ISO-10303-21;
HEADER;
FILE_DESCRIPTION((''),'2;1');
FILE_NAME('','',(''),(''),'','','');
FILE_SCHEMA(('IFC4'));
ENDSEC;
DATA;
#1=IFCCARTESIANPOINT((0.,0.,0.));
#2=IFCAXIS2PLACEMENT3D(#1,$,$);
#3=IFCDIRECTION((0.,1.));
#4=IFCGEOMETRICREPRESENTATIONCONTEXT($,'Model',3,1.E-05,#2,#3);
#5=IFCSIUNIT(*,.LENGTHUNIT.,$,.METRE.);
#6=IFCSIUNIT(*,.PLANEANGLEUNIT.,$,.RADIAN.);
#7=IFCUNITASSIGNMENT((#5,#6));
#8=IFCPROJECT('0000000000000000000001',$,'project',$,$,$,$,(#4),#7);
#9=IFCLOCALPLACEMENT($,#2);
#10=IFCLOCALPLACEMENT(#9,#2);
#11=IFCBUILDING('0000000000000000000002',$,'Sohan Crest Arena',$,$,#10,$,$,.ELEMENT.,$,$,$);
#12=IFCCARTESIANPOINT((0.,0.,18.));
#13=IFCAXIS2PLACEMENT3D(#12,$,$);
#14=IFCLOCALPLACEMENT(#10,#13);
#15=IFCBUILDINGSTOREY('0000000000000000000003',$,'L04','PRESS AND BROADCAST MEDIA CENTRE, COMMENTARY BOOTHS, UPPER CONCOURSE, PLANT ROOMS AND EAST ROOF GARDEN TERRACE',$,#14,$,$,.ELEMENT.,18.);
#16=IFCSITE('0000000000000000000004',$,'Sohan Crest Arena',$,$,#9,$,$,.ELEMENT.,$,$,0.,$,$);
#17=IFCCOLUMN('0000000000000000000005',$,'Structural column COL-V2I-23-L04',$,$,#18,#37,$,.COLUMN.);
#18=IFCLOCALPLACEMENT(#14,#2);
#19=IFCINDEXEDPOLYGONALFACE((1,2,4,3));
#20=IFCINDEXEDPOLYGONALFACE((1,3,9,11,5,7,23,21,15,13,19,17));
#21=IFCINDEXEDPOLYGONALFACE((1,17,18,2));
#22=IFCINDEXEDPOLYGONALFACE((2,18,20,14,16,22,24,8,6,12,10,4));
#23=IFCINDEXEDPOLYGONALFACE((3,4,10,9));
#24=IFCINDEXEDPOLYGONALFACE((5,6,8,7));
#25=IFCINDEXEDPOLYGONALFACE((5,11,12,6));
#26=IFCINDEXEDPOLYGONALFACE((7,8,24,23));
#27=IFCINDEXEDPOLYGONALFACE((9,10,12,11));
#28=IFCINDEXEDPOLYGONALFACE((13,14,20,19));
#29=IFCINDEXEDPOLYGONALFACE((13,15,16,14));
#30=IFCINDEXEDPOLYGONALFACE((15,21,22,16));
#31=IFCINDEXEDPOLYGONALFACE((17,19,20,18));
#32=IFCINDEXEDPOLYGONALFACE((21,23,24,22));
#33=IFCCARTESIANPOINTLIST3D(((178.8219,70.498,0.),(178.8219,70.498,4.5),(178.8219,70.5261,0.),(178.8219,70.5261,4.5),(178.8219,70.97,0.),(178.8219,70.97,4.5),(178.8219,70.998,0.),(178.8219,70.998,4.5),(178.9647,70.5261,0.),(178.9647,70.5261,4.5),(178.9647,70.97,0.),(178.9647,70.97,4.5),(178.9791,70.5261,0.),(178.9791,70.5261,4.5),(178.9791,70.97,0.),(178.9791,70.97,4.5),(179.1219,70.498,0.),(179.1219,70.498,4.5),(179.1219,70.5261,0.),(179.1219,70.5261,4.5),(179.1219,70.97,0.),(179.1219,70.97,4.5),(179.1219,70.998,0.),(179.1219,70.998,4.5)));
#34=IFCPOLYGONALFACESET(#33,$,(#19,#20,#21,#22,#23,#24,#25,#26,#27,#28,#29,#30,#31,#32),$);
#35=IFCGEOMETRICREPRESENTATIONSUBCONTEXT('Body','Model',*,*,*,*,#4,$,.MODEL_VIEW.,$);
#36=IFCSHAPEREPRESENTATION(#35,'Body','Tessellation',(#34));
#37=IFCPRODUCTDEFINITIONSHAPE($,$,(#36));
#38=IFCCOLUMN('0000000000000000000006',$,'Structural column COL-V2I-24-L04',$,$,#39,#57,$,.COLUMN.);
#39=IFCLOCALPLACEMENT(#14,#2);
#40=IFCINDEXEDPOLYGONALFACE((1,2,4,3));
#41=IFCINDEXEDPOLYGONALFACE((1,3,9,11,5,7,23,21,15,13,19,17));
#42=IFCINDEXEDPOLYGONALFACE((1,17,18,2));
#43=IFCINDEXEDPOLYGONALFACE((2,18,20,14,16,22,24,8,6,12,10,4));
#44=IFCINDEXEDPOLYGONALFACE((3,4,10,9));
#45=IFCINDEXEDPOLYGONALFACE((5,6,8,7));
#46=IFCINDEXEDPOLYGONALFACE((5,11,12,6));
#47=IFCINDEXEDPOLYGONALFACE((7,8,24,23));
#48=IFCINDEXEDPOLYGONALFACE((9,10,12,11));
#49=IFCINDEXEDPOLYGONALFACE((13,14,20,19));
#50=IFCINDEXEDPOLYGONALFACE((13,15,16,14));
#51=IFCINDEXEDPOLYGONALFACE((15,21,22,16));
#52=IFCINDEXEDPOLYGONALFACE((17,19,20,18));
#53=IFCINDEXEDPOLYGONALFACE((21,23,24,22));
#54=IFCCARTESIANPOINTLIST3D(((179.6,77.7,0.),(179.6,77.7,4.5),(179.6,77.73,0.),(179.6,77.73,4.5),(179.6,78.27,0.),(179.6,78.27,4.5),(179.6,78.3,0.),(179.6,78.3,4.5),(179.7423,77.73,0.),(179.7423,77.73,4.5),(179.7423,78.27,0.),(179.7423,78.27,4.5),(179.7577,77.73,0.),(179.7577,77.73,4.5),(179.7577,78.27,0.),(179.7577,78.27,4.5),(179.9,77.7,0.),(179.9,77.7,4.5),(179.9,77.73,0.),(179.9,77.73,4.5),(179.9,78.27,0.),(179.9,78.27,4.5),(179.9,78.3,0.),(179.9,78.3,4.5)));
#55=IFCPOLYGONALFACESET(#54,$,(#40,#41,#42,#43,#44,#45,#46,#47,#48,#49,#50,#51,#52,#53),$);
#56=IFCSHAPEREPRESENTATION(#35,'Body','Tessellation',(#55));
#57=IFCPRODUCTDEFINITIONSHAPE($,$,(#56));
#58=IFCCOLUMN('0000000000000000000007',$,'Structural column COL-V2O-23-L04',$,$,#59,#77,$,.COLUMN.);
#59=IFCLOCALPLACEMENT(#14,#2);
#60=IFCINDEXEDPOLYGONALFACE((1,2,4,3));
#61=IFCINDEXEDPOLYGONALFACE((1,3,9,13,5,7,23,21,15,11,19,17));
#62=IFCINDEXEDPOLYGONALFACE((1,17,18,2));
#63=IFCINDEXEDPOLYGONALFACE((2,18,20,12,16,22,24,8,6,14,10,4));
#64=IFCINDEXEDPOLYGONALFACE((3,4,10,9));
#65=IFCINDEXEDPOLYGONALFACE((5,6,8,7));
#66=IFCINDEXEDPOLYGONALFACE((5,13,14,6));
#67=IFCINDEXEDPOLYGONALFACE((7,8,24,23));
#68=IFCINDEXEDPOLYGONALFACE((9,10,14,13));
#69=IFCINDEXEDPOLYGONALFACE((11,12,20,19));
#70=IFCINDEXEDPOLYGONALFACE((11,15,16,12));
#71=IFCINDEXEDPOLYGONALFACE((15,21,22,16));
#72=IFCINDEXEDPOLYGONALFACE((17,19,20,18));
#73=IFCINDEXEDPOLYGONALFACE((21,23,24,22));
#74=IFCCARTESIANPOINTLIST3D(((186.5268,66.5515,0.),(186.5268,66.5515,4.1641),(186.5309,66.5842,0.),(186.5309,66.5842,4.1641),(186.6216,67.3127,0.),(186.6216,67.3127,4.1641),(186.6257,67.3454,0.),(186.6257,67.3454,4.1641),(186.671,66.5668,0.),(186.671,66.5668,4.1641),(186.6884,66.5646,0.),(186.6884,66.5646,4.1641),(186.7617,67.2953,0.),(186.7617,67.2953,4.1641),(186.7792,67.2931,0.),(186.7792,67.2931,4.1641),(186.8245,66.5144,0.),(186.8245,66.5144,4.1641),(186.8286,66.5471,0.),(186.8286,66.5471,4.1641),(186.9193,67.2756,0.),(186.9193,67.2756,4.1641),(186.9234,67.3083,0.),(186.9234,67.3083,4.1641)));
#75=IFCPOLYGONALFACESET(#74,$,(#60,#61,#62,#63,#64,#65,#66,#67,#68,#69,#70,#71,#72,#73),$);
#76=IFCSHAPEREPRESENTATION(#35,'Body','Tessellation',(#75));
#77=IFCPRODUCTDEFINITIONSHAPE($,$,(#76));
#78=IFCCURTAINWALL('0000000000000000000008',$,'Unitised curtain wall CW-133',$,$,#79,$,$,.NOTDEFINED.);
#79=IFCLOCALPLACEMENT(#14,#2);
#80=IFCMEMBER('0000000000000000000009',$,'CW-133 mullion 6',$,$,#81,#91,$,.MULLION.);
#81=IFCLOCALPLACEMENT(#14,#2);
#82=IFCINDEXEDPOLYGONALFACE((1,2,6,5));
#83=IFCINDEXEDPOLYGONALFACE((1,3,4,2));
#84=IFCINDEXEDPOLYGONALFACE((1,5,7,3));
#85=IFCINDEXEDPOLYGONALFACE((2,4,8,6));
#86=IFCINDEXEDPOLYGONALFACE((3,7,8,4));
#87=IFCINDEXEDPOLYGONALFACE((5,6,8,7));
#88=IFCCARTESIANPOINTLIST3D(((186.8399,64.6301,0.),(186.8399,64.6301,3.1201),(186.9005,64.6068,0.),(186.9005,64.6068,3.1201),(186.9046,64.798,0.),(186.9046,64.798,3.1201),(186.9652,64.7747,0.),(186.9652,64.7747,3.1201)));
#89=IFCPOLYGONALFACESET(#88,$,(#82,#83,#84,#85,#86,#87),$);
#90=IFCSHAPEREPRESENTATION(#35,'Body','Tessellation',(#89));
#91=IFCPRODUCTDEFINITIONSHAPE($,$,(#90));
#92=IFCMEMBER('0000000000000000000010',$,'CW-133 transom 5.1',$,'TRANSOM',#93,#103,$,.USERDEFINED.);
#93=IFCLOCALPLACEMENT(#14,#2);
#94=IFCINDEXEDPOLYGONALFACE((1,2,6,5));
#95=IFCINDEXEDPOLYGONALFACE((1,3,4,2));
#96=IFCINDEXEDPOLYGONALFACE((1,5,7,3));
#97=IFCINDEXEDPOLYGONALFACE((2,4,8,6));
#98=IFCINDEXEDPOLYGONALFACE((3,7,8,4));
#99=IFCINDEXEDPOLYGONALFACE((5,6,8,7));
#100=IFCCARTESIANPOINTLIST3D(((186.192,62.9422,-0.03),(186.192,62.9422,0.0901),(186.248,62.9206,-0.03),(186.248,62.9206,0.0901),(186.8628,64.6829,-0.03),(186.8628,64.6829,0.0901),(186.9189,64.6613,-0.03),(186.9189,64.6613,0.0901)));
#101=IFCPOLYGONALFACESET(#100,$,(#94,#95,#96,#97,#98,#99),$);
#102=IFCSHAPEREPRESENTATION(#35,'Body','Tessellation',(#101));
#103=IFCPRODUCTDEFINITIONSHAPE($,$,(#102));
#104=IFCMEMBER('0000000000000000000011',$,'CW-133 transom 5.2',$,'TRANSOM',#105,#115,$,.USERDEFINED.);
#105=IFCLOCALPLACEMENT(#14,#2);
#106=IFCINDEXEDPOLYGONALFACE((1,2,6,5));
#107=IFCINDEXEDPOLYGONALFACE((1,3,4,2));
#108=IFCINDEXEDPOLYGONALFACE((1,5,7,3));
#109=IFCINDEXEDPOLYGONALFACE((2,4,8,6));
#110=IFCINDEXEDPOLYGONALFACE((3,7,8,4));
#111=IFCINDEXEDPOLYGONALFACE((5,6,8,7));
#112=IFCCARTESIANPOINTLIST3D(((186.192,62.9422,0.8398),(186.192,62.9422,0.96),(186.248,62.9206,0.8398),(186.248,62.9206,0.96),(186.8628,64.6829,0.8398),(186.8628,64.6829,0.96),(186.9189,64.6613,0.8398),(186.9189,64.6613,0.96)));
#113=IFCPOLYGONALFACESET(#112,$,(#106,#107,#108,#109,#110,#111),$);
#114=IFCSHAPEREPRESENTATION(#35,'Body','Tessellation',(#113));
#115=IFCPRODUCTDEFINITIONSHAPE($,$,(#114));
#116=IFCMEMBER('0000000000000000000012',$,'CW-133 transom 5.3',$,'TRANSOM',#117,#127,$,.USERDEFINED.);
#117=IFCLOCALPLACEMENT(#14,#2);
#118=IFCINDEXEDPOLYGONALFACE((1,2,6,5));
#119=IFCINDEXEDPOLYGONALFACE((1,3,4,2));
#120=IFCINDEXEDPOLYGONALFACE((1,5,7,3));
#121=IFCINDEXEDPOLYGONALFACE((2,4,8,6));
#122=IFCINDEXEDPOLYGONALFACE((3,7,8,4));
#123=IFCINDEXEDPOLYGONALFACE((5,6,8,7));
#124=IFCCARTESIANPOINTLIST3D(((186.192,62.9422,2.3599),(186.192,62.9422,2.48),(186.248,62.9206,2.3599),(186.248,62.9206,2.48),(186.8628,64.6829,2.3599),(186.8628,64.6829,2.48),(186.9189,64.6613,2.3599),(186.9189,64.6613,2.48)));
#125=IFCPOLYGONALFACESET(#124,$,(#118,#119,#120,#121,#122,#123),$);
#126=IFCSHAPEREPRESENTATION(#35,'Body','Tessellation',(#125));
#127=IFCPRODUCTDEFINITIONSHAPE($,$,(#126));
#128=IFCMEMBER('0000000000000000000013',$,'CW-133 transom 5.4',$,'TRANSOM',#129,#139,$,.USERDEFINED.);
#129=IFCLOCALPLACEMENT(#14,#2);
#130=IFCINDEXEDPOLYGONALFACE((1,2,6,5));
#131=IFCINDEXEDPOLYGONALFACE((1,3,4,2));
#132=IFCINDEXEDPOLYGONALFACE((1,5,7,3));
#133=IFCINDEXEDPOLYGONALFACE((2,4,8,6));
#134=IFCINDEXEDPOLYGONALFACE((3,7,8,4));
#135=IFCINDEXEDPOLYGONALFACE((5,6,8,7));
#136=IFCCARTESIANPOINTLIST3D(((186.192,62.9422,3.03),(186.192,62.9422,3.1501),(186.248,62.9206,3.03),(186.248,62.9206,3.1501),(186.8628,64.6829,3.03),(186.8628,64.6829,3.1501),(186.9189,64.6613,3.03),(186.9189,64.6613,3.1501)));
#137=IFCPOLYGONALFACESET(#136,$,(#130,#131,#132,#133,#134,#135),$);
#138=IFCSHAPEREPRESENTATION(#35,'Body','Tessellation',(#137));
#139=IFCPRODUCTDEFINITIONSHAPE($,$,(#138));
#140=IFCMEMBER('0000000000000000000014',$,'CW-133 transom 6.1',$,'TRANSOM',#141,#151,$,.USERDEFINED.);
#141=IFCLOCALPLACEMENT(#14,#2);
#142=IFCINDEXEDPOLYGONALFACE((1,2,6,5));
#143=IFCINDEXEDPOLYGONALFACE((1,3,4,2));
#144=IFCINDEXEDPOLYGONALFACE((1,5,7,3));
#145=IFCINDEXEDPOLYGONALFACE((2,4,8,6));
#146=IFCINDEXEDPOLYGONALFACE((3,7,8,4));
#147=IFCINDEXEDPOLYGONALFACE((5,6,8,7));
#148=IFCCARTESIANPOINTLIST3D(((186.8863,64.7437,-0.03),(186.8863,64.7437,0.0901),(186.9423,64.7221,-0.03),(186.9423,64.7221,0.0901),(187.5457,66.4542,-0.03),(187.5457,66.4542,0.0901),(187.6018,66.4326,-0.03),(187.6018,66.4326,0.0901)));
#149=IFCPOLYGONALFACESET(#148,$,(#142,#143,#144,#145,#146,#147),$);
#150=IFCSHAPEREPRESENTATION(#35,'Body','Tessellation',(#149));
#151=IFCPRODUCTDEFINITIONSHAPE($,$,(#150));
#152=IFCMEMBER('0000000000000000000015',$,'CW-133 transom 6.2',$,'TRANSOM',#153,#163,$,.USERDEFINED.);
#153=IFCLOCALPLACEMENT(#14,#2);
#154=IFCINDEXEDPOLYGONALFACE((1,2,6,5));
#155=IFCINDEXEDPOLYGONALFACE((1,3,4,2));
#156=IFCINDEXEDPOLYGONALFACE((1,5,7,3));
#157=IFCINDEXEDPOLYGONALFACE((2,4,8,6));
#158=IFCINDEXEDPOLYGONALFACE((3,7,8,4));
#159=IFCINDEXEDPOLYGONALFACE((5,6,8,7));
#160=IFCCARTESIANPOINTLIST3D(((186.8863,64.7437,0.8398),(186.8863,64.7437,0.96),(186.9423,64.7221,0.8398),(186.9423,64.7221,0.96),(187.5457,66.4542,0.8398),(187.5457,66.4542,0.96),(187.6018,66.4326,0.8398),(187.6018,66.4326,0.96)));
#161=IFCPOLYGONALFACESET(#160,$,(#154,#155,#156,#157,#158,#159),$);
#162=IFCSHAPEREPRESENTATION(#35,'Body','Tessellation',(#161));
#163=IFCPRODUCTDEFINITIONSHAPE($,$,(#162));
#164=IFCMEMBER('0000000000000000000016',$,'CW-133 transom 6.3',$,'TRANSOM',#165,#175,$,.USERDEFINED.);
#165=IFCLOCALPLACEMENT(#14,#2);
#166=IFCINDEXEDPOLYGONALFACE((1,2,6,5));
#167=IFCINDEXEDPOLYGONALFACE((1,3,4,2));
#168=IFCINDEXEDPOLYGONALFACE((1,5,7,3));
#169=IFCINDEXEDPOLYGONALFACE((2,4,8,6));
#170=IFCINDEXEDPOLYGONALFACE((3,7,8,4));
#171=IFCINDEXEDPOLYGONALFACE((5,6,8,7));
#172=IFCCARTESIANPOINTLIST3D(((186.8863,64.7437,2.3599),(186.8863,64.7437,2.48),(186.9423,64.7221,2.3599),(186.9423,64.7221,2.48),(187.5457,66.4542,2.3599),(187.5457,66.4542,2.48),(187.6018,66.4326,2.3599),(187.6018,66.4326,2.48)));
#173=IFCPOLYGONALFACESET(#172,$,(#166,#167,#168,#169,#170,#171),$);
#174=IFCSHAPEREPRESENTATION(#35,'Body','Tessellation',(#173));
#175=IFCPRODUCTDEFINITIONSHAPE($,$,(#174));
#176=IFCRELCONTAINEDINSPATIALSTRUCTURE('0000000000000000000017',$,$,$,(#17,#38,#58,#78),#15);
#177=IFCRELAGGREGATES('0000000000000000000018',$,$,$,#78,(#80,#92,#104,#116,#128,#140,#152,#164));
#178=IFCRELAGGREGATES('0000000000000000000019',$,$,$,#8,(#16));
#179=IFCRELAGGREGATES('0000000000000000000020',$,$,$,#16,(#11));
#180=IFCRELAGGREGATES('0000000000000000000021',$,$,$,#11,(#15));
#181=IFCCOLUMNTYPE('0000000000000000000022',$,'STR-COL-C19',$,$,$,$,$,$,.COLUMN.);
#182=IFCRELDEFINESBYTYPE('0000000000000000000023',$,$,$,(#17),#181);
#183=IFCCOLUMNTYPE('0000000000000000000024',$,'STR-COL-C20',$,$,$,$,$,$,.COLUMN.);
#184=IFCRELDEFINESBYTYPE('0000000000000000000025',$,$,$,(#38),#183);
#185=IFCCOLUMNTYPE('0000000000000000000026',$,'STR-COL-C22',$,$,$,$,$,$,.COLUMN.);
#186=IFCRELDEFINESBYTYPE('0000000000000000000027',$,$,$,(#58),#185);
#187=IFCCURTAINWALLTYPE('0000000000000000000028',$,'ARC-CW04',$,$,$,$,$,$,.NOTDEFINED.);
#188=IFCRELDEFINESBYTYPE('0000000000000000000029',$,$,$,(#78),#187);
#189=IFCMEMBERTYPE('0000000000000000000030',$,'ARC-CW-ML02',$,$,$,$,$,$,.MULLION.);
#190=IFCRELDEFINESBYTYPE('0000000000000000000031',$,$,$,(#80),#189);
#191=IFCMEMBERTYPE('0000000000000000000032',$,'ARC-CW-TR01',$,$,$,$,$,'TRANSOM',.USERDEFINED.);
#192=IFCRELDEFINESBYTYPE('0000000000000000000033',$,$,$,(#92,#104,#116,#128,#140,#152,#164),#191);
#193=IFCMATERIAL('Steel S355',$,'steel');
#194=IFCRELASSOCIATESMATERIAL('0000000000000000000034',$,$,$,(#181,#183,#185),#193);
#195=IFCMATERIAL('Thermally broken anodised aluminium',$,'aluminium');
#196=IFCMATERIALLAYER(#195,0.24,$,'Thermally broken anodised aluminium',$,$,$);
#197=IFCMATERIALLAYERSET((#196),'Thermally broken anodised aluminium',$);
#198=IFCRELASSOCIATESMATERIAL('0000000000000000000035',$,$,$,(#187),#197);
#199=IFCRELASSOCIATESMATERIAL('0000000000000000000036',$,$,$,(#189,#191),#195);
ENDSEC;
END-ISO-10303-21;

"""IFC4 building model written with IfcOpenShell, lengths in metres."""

from ifc_helpers import new_model, si_unit, direction, frame, origin, origin_2d, place, context, subcontext, project, spatial, rectangle, i_section, extrude, material, layer, layer_set, material_profile, profile_set, type_object, element, aggregate, save


model = new_model("IFC4")

# Units and contexts
model_context = context("Model", 3, precision=1e-05, world=origin(), true_north=direction((0.0, 1.0)))
body_context = subcontext(model_context, "Body", "Model", "MODEL_VIEW")
ifc_project = project(units=[si_unit("LENGTHUNIT", "METRE"), si_unit("PLANEANGLEUNIT", "RADIAN")], contexts=[model_context])

# Site, building, storey
site_placement = place(None, origin())
site = spatial("IfcSite", under=ifc_project, at=site_placement, Name="Sohan Crest Arena", CompositionType="ELEMENT", RefElevation=0.0)
building_placement = place(site_placement, origin())
building = spatial("IfcBuilding", under=site, at=building_placement, Name="Sohan Crest Arena", CompositionType="ELEMENT")
storey_placement = place(building_placement, frame((0.0, 0.0, 18.0)))
storey = spatial("IfcBuildingStorey", under=building, at=storey_placement, Name="L04", Description="PRESS AND BROADCAST MEDIA CENTRE, COMMENTARY BOOTHS, UPPER CONCOURSE, PLANT ROOMS AND EAST ROOF GARDEN TERRACE", CompositionType="ELEMENT", Elevation=18.0)

# Columns
ifc_material_1 = material(Name="Steel S355", Category="steel")
ifc_material_profile_1 = material_profile(ifc_material_1, i_section(OverallWidth=0.3, OverallDepth=0.5, WebThickness=0.0144, FlangeThickness=0.0281, at=origin_2d()), Name="HEB 500")
ifc_profile_set_1 = profile_set([ifc_material_profile_1], Name="Steel S355")
column_type_1 = type_object("IfcColumnType", Name="STR-COL-C19", PredefinedType="COLUMN", material=ifc_profile_set_1)
column_1_placement = place(storey_placement, frame((178.9719, 70.748, 0.0), z_axis=(0.0, 0.0, 1.0), x_axis=(1.0, 0.0, 0.0)))
element("IfcColumn", 1, at=column_1_placement, inside=storey, type_object=column_type_1, Name="Structural column COL-V2I-23-L04", PredefinedType="COLUMN", context=body_context, shape_type="SweptSolid", body=[
    extrude(i_section(OverallWidth=0.3, OverallDepth=0.5, WebThickness=0.0144, FlangeThickness=0.0281, at=origin_2d()), origin(), (0.0, 0.0, 1.0), 4.5),
])
ifc_material_profile_2 = material_profile(ifc_material_1, i_section(OverallWidth=0.3, OverallDepth=0.6001, WebThickness=0.0154, FlangeThickness=0.03, at=origin_2d()), Name="HEB 600")
ifc_profile_set_2 = profile_set([ifc_material_profile_2], Name="Steel S355")
column_type_2 = type_object("IfcColumnType", Name="STR-COL-C20", PredefinedType="COLUMN", material=ifc_profile_set_2)
column_2_placement = place(storey_placement, frame((179.75, 78.0, 0.0), z_axis=(0.0, 0.0, 1.0), x_axis=(1.0, 0.0, 0.0)))
element("IfcColumn", 2, at=column_2_placement, inside=storey, type_object=column_type_2, Name="Structural column COL-V2I-24-L04", PredefinedType="COLUMN", context=body_context, shape_type="SweptSolid", body=[
    extrude(i_section(OverallWidth=0.3, OverallDepth=0.6001, WebThickness=0.0154, FlangeThickness=0.03, at=origin_2d()), origin(), (0.0, 0.0, 1.0), 4.5),
])
ifc_material_profile_3 = material_profile(ifc_material_1, i_section(OverallWidth=0.3, OverallDepth=0.8, WebThickness=0.0176, FlangeThickness=0.033, at=origin_2d()), Name="HEB 800")
ifc_profile_set_3 = profile_set([ifc_material_profile_3], Name="Steel S355")
column_type_3 = type_object("IfcColumnType", Name="STR-COL-C22", PredefinedType="COLUMN", material=ifc_profile_set_3)
column_3_placement = place(storey_placement, frame((186.7251, 66.9299, 0.0), z_axis=(0.0, 0.0, 1.0), x_axis=(-0.992332, 0.123601, 0.0)))
element("IfcColumn", 3, at=column_3_placement, inside=storey, type_object=column_type_3, Name="Structural column COL-V2O-23-L04", PredefinedType="COLUMN", context=body_context, shape_type="SweptSolid", body=[
    extrude(i_section(OverallWidth=0.3, OverallDepth=0.8, WebThickness=0.0176, FlangeThickness=0.033, at=origin_2d()), origin(), (0.0, 0.0, 1.0), 4.1641),
])

# Curtain wall, members
ifc_material_2 = material(Name="Thermally broken anodised aluminium", Category="aluminium")
ifc_layer_1 = layer(ifc_material_2, 0.24, Name="Thermally broken anodised aluminium")
ifc_layer_set_1 = layer_set([ifc_layer_1], Name="Thermally broken anodised aluminium")
curtain_wall_type = type_object("IfcCurtainWallType", Name="ARC-CW04", PredefinedType="NOTDEFINED", material=ifc_layer_set_1)
curtain_wall_placement = place(storey_placement, origin())
curtain_wall = element("IfcCurtainWall", 4, at=curtain_wall_placement, inside=storey, type_object=curtain_wall_type, Name="Unitised curtain wall CW-133", PredefinedType="NOTDEFINED")
ifc_material_profile_4 = material_profile(ifc_material_2, rectangle(XDim=0.0649, YDim=0.1799, at=origin_2d()), Name="ALU-MULL 65x180")
ifc_profile_set_4 = profile_set([ifc_material_profile_4], Name="Thermally broken anodised aluminium")
member_type_1 = type_object("IfcMemberType", Name="ARC-CW-ML02", PredefinedType="MULLION", material=ifc_profile_set_4)
member_1_placement = place(storey_placement, frame((186.9026, 64.7024, 0.0), z_axis=(0.0, 0.0, 1.0), x_axis=(-0.933094, 0.359633, 0.0)))
member_1 = element("IfcMember", 5, at=member_1_placement, type_object=member_type_1, Name="CW-133 mullion 6", PredefinedType="MULLION", context=body_context, shape_type="SweptSolid", body=[
    extrude(rectangle(XDim=0.0649, YDim=0.1799, at=origin_2d()), origin(), (0.0, 0.0, 1.0), 3.1201),
])
ifc_material_profile_5 = material_profile(ifc_material_2, rectangle(XDim=0.0601, YDim=0.1201, at=origin_2d()), Name="ALU-TRAN 60x120")
ifc_profile_set_5 = profile_set([ifc_material_profile_5], Name="Thermally broken anodised aluminium")
member_type_2 = type_object("IfcMemberType", Name="ARC-CW-TR01", ElementType="TRANSOM", PredefinedType="USERDEFINED", material=ifc_profile_set_5)
member_2_placement = place(storey_placement, frame((186.22, 62.9314, 0.03), z_axis=(0.359628, 0.933096, 0.0), x_axis=(-0.933096, 0.359628, 0.0)))
member_2 = element("IfcMember", 6, at=member_2_placement, type_object=member_type_2, Name="CW-133 transom 5.1", ObjectType="TRANSOM", PredefinedType="USERDEFINED", context=body_context, shape_type="SweptSolid", body=[
    extrude(rectangle(XDim=0.0601, YDim=0.1201, at=origin_2d()), origin(), (0.0, 0.0, 1.0), 1.8655),
])
member_3_placement = place(storey_placement, frame((186.22, 62.9314, 0.8999), z_axis=(0.359628, 0.933096, 0.0), x_axis=(-0.933096, 0.359628, 0.0)))
member_3 = element("IfcMember", 7, at=member_3_placement, type_object=member_type_2, Name="CW-133 transom 5.2", ObjectType="TRANSOM", PredefinedType="USERDEFINED", context=body_context, shape_type="SweptSolid", body=[
    extrude(rectangle(XDim=0.0601, YDim=0.1201, at=origin_2d()), origin(), (0.0, 0.0, 1.0), 1.8655),
])
member_4_placement = place(storey_placement, frame((186.22, 62.9314, 2.4199), z_axis=(0.359628, 0.933096, 0.0), x_axis=(-0.933096, 0.359628, 0.0)))
member_4 = element("IfcMember", 8, at=member_4_placement, type_object=member_type_2, Name="CW-133 transom 5.3", ObjectType="TRANSOM", PredefinedType="USERDEFINED", context=body_context, shape_type="SweptSolid", body=[
    extrude(rectangle(XDim=0.0601, YDim=0.1201, at=origin_2d()), origin(), (0.0, 0.0, 1.0), 1.8655),
])
member_5_placement = place(storey_placement, frame((186.22, 62.9314, 3.0901), z_axis=(0.359628, 0.933096, 0.0), x_axis=(-0.933096, 0.359628, 0.0)))
member_5 = element("IfcMember", 9, at=member_5_placement, type_object=member_type_2, Name="CW-133 transom 5.4", ObjectType="TRANSOM", PredefinedType="USERDEFINED", context=body_context, shape_type="SweptSolid", body=[
    extrude(rectangle(XDim=0.0601, YDim=0.1201, at=origin_2d()), origin(), (0.0, 0.0, 1.0), 1.8655),
])
member_6_placement = place(storey_placement, frame((186.9143, 64.7329, 0.03), z_axis=(0.35972, 0.93306, 0.0), x_axis=(-0.93306, 0.35972, 0.0)))
member_6 = element("IfcMember", 10, at=member_6_placement, type_object=member_type_2, Name="CW-133 transom 6.1", ObjectType="TRANSOM", PredefinedType="USERDEFINED", context=body_context, shape_type="SweptSolid", body=[
    extrude(rectangle(XDim=0.0601, YDim=0.1201, at=origin_2d()), origin(), (0.0, 0.0, 1.0), 1.8333),
])
member_7_placement = place(storey_placement, frame((186.9143, 64.7329, 0.8999), z_axis=(0.35972, 0.93306, 0.0), x_axis=(-0.93306, 0.35972, 0.0)))
member_7 = element("IfcMember", 11, at=member_7_placement, type_object=member_type_2, Name="CW-133 transom 6.2", ObjectType="TRANSOM", PredefinedType="USERDEFINED", context=body_context, shape_type="SweptSolid", body=[
    extrude(rectangle(XDim=0.0601, YDim=0.1201, at=origin_2d()), origin(), (0.0, 0.0, 1.0), 1.8333),
])
member_8_placement = place(storey_placement, frame((186.9143, 64.7329, 2.4199), z_axis=(0.35972, 0.93306, 0.0), x_axis=(-0.93306, 0.35972, 0.0)))
member_8 = element("IfcMember", 12, at=member_8_placement, type_object=member_type_2, Name="CW-133 transom 6.3", ObjectType="TRANSOM", PredefinedType="USERDEFINED", context=body_context, shape_type="SweptSolid", body=[
    extrude(rectangle(XDim=0.0601, YDim=0.1201, at=origin_2d()), origin(), (0.0, 0.0, 1.0), 1.8333),
])

aggregate(curtain_wall, [member_1, member_2, member_3, member_4, member_5, member_6, member_7, member_8])

save(model, "model.ifc")
